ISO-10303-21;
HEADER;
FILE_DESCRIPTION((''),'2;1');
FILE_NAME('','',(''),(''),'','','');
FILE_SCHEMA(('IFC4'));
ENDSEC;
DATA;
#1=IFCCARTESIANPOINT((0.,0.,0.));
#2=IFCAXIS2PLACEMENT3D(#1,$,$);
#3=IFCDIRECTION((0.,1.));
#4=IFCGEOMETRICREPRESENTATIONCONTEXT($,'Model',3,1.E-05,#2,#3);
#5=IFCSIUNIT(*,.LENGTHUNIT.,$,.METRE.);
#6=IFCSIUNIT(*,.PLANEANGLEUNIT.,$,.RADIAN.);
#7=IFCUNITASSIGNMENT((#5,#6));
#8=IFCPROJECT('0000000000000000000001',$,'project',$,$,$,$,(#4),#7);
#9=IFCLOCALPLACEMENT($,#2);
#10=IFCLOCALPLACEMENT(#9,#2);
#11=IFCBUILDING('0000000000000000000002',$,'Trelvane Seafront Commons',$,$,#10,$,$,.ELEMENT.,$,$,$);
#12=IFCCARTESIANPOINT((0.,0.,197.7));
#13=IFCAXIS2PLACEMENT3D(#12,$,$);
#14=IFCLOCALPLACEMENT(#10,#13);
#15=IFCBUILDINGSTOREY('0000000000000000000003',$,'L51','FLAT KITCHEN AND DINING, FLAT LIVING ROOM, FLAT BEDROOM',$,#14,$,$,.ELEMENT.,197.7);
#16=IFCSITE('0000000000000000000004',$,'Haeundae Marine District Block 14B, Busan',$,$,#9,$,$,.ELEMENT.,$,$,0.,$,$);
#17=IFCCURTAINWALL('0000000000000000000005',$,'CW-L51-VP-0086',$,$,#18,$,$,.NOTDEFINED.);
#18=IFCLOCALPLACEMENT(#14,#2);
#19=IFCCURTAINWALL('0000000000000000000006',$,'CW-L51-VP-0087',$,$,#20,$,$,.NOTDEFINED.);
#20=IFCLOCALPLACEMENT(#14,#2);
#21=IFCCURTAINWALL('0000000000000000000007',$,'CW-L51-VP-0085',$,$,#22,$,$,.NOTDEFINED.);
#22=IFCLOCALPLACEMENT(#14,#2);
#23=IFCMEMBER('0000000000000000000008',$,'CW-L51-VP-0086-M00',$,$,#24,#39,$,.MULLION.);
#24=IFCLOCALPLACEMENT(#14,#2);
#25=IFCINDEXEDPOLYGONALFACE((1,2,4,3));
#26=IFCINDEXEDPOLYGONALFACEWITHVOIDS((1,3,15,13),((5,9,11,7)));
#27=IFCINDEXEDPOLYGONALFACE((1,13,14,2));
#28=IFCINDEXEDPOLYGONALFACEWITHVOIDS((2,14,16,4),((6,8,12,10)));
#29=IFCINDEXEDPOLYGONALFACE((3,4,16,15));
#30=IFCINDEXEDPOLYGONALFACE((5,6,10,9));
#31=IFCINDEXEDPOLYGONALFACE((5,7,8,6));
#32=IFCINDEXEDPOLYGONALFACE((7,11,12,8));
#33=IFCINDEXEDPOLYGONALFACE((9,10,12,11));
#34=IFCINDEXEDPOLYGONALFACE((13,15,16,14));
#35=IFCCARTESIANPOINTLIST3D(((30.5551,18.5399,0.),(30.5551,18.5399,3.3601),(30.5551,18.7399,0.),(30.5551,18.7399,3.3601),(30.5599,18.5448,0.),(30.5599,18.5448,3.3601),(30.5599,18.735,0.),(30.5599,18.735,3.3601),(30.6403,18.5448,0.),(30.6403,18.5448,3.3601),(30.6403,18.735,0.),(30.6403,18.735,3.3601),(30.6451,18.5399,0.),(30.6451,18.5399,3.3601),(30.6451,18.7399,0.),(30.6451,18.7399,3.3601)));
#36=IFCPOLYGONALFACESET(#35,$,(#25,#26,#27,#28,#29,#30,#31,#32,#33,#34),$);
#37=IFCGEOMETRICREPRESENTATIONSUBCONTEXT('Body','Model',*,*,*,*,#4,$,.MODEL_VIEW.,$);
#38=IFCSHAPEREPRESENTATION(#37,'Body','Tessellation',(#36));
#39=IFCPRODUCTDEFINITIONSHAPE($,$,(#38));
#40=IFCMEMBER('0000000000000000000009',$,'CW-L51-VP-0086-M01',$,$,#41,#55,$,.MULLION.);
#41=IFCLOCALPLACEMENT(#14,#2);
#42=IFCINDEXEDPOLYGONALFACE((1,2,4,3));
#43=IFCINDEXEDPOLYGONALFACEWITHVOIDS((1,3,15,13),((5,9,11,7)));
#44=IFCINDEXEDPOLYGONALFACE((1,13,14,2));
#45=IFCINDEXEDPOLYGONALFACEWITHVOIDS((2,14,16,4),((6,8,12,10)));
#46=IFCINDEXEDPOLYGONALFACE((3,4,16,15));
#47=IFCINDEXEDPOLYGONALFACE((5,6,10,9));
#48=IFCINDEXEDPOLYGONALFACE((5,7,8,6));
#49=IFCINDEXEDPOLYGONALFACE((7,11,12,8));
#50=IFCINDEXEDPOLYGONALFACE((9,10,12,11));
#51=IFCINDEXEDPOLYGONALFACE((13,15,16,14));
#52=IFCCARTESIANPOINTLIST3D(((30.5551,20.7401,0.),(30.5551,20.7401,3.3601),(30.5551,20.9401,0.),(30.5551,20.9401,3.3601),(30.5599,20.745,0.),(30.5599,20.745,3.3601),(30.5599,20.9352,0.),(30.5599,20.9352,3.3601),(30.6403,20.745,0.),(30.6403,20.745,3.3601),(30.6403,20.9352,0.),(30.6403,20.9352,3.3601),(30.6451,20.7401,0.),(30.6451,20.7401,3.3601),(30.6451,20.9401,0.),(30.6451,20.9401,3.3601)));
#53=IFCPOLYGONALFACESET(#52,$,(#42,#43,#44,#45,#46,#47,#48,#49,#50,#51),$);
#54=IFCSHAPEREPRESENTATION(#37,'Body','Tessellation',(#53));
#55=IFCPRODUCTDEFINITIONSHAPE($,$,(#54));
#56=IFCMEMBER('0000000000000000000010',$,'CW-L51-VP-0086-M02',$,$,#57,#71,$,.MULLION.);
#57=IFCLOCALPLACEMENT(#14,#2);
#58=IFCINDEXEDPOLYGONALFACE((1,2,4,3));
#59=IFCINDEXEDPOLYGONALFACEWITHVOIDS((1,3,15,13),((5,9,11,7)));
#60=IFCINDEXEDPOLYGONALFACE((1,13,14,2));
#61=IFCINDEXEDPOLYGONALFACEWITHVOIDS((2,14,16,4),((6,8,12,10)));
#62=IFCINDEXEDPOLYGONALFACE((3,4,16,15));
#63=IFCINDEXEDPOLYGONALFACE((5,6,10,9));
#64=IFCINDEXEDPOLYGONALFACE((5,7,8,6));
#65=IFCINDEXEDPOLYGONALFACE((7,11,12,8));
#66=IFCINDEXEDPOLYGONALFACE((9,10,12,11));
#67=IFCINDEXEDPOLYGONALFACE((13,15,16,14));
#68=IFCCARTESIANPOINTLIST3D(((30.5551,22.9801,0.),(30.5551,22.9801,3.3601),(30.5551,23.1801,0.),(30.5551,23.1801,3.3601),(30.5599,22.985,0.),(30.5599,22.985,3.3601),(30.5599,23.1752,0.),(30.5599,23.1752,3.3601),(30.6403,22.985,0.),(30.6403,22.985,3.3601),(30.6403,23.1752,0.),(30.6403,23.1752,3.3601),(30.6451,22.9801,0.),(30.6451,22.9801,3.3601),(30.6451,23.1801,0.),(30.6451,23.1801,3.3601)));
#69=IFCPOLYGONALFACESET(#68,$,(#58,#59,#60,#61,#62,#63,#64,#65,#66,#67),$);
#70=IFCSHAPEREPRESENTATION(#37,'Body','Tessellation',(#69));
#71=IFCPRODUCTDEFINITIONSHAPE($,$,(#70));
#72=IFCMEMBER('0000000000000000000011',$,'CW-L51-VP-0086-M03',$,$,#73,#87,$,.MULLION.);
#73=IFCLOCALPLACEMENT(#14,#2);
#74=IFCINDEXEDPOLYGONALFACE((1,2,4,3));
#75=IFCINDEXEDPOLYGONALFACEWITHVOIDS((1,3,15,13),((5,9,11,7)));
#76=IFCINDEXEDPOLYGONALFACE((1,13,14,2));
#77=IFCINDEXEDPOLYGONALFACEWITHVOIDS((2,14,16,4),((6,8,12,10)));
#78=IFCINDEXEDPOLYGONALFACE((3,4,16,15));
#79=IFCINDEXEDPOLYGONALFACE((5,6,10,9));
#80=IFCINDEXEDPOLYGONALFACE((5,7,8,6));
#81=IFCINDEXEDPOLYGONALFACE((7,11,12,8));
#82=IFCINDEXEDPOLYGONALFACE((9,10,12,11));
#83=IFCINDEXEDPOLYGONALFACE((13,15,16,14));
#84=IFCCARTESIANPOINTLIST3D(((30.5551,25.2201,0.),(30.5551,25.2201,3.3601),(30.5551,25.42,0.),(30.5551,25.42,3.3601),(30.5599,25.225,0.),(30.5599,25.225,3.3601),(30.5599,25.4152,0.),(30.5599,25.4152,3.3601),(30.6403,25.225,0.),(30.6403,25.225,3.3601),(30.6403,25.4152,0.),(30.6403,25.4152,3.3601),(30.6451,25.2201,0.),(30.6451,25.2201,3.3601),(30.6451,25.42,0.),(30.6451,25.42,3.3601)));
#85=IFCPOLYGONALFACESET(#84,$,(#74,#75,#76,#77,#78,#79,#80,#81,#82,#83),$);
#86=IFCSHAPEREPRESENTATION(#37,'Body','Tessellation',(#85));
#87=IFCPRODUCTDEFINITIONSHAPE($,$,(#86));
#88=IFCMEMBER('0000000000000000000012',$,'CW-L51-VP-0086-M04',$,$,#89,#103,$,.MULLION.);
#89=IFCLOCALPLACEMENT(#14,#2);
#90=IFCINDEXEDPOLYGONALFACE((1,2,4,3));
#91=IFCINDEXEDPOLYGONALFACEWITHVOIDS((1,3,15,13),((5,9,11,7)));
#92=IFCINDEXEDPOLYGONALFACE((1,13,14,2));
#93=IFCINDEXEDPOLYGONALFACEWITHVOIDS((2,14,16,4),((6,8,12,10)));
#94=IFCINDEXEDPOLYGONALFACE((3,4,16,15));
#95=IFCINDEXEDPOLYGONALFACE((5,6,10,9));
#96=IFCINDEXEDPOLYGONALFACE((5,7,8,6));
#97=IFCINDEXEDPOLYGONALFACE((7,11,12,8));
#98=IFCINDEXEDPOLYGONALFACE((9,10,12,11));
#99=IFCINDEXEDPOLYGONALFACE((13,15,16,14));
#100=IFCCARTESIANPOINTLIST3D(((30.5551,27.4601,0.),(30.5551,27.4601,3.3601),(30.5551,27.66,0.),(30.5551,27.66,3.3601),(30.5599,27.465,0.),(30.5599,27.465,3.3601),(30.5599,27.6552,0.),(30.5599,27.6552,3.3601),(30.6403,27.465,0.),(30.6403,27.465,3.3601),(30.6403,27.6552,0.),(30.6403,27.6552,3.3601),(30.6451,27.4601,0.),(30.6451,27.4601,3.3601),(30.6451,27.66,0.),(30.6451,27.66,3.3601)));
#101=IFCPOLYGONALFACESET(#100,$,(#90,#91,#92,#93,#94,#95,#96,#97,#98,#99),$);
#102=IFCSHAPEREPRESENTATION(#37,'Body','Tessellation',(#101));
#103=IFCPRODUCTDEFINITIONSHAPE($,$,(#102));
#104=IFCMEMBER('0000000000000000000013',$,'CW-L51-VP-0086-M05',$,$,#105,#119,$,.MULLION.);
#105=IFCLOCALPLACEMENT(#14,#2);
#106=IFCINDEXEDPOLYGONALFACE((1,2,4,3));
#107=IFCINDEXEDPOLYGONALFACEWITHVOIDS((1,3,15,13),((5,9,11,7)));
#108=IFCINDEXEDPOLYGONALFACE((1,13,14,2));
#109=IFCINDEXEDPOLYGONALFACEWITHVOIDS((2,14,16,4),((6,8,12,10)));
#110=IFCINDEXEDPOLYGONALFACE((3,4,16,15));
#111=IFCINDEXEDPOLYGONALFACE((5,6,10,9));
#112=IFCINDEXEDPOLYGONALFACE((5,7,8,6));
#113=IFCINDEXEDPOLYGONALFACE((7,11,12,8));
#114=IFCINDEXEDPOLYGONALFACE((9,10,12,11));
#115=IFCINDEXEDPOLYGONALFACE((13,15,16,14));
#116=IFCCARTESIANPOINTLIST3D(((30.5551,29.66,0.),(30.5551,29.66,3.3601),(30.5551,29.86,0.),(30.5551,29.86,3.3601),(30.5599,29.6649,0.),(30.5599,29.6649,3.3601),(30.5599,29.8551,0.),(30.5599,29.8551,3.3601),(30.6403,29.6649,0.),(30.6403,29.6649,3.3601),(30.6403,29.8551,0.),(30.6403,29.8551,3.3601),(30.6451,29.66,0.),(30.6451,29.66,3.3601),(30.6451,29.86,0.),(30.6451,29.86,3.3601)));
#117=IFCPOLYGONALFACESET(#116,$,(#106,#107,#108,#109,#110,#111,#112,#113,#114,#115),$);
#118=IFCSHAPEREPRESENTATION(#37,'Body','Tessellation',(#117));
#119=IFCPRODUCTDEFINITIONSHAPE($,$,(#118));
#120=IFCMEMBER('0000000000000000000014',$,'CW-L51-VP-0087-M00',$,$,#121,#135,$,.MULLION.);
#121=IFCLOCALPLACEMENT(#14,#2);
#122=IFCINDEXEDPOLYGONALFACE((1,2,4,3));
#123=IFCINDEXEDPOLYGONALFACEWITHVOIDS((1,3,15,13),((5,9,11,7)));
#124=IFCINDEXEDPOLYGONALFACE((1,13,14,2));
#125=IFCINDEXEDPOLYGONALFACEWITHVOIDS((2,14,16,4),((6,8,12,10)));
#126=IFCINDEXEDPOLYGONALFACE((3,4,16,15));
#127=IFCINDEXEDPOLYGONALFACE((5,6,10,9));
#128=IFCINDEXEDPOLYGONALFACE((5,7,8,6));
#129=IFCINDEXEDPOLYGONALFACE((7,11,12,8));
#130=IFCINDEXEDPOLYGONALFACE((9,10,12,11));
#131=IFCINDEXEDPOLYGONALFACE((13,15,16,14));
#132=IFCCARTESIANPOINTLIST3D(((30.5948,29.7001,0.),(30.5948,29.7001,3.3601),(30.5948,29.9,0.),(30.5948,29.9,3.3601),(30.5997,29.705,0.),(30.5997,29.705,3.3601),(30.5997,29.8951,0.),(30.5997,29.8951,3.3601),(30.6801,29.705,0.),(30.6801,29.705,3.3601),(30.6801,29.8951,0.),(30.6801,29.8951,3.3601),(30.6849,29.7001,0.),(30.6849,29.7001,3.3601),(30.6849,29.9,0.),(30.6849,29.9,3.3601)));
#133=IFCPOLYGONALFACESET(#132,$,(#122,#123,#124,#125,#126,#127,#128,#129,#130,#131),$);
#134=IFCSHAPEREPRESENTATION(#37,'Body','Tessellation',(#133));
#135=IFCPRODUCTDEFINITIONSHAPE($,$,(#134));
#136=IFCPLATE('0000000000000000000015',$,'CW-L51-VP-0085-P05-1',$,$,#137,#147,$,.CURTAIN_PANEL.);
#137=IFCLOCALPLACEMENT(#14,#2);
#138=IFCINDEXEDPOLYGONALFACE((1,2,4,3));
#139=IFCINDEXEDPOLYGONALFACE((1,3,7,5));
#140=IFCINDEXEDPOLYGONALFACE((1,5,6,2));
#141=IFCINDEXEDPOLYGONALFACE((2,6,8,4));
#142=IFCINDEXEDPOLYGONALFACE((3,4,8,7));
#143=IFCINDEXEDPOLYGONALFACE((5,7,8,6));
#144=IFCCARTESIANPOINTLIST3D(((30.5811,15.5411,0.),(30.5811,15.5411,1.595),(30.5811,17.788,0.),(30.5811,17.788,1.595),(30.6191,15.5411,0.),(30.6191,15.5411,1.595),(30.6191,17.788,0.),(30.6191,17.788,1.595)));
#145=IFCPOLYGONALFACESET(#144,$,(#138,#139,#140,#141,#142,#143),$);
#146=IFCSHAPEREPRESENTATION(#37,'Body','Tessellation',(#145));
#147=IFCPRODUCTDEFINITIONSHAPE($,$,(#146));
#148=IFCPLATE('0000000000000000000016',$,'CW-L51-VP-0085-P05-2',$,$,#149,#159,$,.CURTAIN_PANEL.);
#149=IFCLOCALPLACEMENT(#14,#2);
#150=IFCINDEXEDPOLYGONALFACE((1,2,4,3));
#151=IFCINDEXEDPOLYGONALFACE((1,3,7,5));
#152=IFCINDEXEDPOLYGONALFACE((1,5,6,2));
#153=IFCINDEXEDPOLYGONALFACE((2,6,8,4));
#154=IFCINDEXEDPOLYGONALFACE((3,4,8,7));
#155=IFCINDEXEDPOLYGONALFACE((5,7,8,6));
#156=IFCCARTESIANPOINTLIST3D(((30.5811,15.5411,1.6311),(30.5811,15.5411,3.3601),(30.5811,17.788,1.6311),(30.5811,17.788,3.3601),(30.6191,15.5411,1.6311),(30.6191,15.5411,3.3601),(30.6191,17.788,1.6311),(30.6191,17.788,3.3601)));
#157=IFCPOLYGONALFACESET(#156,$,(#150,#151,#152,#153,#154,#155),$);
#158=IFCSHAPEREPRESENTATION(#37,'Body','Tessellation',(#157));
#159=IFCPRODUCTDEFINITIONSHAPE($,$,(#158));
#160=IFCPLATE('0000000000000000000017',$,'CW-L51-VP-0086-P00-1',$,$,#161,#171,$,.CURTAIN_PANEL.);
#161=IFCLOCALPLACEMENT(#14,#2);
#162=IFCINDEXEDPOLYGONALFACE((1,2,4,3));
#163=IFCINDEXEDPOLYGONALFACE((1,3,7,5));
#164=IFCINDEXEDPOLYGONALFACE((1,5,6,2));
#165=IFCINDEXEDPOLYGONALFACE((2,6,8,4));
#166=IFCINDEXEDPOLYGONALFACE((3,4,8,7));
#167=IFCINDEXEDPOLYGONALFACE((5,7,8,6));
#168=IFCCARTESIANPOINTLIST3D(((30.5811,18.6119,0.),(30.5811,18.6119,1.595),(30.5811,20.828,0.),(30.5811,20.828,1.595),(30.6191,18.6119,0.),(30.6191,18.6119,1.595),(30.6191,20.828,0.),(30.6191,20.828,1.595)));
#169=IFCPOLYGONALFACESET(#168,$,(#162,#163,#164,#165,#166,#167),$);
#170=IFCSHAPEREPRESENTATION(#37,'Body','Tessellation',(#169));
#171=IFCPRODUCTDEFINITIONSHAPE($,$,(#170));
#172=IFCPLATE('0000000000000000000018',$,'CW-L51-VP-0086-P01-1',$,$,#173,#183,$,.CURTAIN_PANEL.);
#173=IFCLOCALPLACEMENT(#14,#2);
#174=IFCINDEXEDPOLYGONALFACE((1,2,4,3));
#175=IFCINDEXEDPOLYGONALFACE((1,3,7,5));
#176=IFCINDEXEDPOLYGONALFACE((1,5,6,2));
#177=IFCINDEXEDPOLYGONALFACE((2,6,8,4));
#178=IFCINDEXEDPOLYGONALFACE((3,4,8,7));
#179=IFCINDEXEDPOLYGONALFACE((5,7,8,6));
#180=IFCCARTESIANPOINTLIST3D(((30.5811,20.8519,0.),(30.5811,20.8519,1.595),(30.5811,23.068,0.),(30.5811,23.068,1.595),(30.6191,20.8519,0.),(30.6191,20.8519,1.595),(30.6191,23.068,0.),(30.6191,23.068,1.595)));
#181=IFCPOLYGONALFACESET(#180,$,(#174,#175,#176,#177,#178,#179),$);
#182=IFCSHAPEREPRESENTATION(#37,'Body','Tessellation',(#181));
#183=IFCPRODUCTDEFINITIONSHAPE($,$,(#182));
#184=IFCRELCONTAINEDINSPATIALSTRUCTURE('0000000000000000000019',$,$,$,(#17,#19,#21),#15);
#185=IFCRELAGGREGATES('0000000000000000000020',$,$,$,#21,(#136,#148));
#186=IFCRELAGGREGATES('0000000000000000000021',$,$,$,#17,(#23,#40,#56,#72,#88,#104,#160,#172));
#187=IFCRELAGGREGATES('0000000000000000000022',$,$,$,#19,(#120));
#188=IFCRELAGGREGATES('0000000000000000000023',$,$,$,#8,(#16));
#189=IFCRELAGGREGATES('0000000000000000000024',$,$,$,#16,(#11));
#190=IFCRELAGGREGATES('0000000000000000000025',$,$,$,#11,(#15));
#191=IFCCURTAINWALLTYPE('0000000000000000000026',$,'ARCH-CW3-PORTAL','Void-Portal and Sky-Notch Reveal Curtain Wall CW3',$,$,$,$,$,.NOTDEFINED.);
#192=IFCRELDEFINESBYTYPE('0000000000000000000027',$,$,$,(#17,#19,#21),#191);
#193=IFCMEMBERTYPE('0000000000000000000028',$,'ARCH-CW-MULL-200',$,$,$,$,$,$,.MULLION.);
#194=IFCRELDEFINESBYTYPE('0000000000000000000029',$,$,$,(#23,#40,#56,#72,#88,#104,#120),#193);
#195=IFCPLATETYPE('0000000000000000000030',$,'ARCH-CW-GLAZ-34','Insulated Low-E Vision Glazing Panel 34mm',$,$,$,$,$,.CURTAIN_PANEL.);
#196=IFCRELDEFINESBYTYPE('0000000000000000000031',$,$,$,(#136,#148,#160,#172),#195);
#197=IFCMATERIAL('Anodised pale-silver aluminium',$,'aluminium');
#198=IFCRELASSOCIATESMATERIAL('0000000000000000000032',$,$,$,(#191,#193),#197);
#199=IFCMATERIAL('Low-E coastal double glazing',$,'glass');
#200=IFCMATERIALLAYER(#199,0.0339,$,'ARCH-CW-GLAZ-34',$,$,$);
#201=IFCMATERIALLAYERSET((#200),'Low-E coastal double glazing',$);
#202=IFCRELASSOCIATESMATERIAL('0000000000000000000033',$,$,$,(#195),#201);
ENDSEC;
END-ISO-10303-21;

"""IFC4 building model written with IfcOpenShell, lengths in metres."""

from ifc_helpers import new_model, si_unit, direction, frame, origin, origin_2d, place, context, subcontext, project, spatial, rectangle, hollow_rectangle, extrude, source, transform, mapped, material, layer, layer_set, material_profile, profile_set, type_object, element, aggregate, save


model = new_model("IFC4")

# Units and contexts
model_context = context("Model", 3, precision=1e-05, world=origin(), true_north=direction((0.0, 1.0)))
body_context = subcontext(model_context, "Body", "Model", "MODEL_VIEW")
ifc_project = project(units=[si_unit("LENGTHUNIT", "METRE"), si_unit("PLANEANGLEUNIT", "RADIAN")], contexts=[model_context])

# Site, building, storey
site_placement = place(None, origin())
site = spatial("IfcSite", under=ifc_project, at=site_placement, Name="Haeundae Marine District Block 14B, Busan", CompositionType="ELEMENT", RefElevation=0.0)
building_placement = place(site_placement, origin())
building = spatial("IfcBuilding", under=site, at=building_placement, Name="Trelvane Seafront Commons", CompositionType="ELEMENT")
storey_placement = place(building_placement, frame((0.0, 0.0, 197.7)))
storey = spatial("IfcBuildingStorey", under=building, at=storey_placement, Name="L51", Description="FLAT KITCHEN AND DINING, FLAT LIVING ROOM, FLAT BEDROOM", CompositionType="ELEMENT", Elevation=197.7)

# Curtain wall
ifc_material_1 = material(Name="Anodised pale-silver aluminium", Category="aluminium")
curtain_wall_type = type_object("IfcCurtainWallType", Name="ARCH-CW3-PORTAL", Description="Void-Portal and Sky-Notch Reveal Curtain Wall CW3", PredefinedType="NOTDEFINED", material=ifc_material_1)
curtain_wall_1_placement = place(storey_placement, origin())
curtain_wall_1 = element("IfcCurtainWall", 1, at=curtain_wall_1_placement, inside=storey, type_object=curtain_wall_type, Name="CW-L51-VP-0086", PredefinedType="NOTDEFINED")

# Curtain walls
curtain_wall_2_placement = place(storey_placement, origin())
curtain_wall_2 = element("IfcCurtainWall", 2, at=curtain_wall_2_placement, inside=storey, type_object=curtain_wall_type, Name="CW-L51-VP-0087", PredefinedType="NOTDEFINED")
curtain_wall_3_placement = place(storey_placement, origin())
curtain_wall_3 = element("IfcCurtainWall", 3, at=curtain_wall_3_placement, inside=storey, type_object=curtain_wall_type, Name="CW-L51-VP-0085", PredefinedType="NOTDEFINED")
ifc_material_profile_1 = material_profile(ifc_material_1, hollow_rectangle(XDim=0.0901, YDim=0.2, WallThickness=0.0049, at=origin_2d()), Name="MULL-90x200x5")
ifc_profile_set_1 = profile_set([ifc_material_profile_1], Name="Anodised pale-silver aluminium")
member_type_1 = type_object("IfcMemberType", Name="ARCH-CW-MULL-200", PredefinedType="MULLION", material=ifc_profile_set_1)
shared_shape_1 = source(origin(), body_context, "Body", "SweptSolid", [
    extrude(hollow_rectangle(XDim=0.0901, YDim=0.2, WallThickness=0.0049, at=origin_2d()), origin(), (0.0, 0.0, 1.0), 3.3601),
])

# Members
member_1_placement = place(storey_placement, frame((30.6001, 18.6399, 0.0), z_axis=(0.0, 0.0, 1.0), x_axis=(1.0, 0.0, 0.0)))
member_1 = element("IfcMember", 4, at=member_1_placement, type_object=member_type_1, Name="CW-L51-VP-0086-M00", PredefinedType="MULLION", context=body_context, shape_type="MappedRepresentation", body=[
    mapped(shared_shape_1, transform((0.0, 0.0, 0.0), x_axis=(1.0, 0.0, 0.0), y_axis=(0.0, 1.0, 0.0), z_axis=(0.0, 0.0, 1.0), scale=1.0)),
])
member_2_placement = place(storey_placement, frame((30.6001, 20.8401, 0.0), z_axis=(0.0, 0.0, 1.0), x_axis=(1.0, 0.0, 0.0)))
member_2 = element("IfcMember", 5, at=member_2_placement, type_object=member_type_1, Name="CW-L51-VP-0086-M01", PredefinedType="MULLION", context=body_context, shape_type="MappedRepresentation", body=[
    mapped(shared_shape_1, transform((0.0, 0.0, 0.0), x_axis=(1.0, 0.0, 0.0), y_axis=(0.0, 1.0, 0.0), z_axis=(0.0, 0.0, 1.0), scale=1.0)),
])
member_3_placement = place(storey_placement, frame((30.6001, 23.0801, 0.0), z_axis=(0.0, 0.0, 1.0), x_axis=(1.0, 0.0, 0.0)))
member_3 = element("IfcMember", 6, at=member_3_placement, type_object=member_type_1, Name="CW-L51-VP-0086-M02", PredefinedType="MULLION", context=body_context, shape_type="MappedRepresentation", body=[
    mapped(shared_shape_1, transform((0.0, 0.0, 0.0), x_axis=(1.0, 0.0, 0.0), y_axis=(0.0, 1.0, 0.0), z_axis=(0.0, 0.0, 1.0), scale=1.0)),
])
member_4_placement = place(storey_placement, frame((30.6001, 25.3201, 0.0), z_axis=(0.0, 0.0, 1.0), x_axis=(1.0, 0.0, 0.0)))
member_4 = element("IfcMember", 7, at=member_4_placement, type_object=member_type_1, Name="CW-L51-VP-0086-M03", PredefinedType="MULLION", context=body_context, shape_type="MappedRepresentation", body=[
    mapped(shared_shape_1, transform((0.0, 0.0, 0.0), x_axis=(1.0, 0.0, 0.0), y_axis=(0.0, 1.0, 0.0), z_axis=(0.0, 0.0, 1.0), scale=1.0)),
])
member_5_placement = place(storey_placement, frame((30.6001, 27.5601, 0.0), z_axis=(0.0, 0.0, 1.0), x_axis=(1.0, 0.0, 0.0)))
member_5 = element("IfcMember", 8, at=member_5_placement, type_object=member_type_1, Name="CW-L51-VP-0086-M04", PredefinedType="MULLION", context=body_context, shape_type="MappedRepresentation", body=[
    mapped(shared_shape_1, transform((0.0, 0.0, 0.0), x_axis=(1.0, 0.0, 0.0), y_axis=(0.0, 1.0, 0.0), z_axis=(0.0, 0.0, 1.0), scale=1.0)),
])
member_6_placement = place(storey_placement, frame((30.6001, 29.76, 0.0), z_axis=(0.0, 0.0, 1.0), x_axis=(1.0, 0.0, 0.0)))
member_6 = element("IfcMember", 9, at=member_6_placement, type_object=member_type_1, Name="CW-L51-VP-0086-M05", PredefinedType="MULLION", context=body_context, shape_type="MappedRepresentation", body=[
    mapped(shared_shape_1, transform((0.0, 0.0, 0.0), x_axis=(1.0, 0.0, 0.0), y_axis=(0.0, 1.0, 0.0), z_axis=(0.0, 0.0, 1.0), scale=1.0)),
])
member_7_placement = place(storey_placement, frame((30.6399, 29.8, 0.0), z_axis=(0.0, 0.0, 1.0), x_axis=(1.0, 0.0, 0.0)))
member_7 = element("IfcMember", 10, at=member_7_placement, type_object=member_type_1, Name="CW-L51-VP-0087-M00", PredefinedType="MULLION", context=body_context, shape_type="MappedRepresentation", body=[
    mapped(shared_shape_1, transform((0.0, 0.0, 0.0), x_axis=(1.0, 0.0, 0.0), y_axis=(0.0, 1.0, 0.0), z_axis=(0.0, 0.0, 1.0), scale=1.0)),
])

# Plates
ifc_material_2 = material(Name="Low-E coastal double glazing", Category="glass")
ifc_layer = layer(ifc_material_2, 0.0339, Name="ARCH-CW-GLAZ-34")
ifc_layer_set = layer_set([ifc_layer], Name="Low-E coastal double glazing")
plate_type = type_object("IfcPlateType", Name="ARCH-CW-GLAZ-34", Description="Insulated Low-E Vision Glazing Panel 34mm", PredefinedType="CURTAIN_PANEL", material=ifc_layer_set)
shared_shape_2 = source(origin(), body_context, "Body", "SweptSolid", [
    extrude(rectangle(XDim=2.2468, YDim=0.0381, at=origin_2d()), origin(), (0.0, 0.0, 1.0), 1.595),
])
plate_1_placement = place(storey_placement, frame((30.6001, 16.6646, 0.0), z_axis=(0.0, 0.0, 1.0), x_axis=(0.0, 1.0, 0.0)))
plate_1 = element("IfcPlate", 11, at=plate_1_placement, type_object=plate_type, Name="CW-L51-VP-0085-P05-1", PredefinedType="CURTAIN_PANEL", context=body_context, shape_type="MappedRepresentation", body=[
    mapped(shared_shape_2, transform((0.0, 0.0, 0.0), x_axis=(1.0, 0.0, 0.0), y_axis=(0.0, 1.0, 0.0), z_axis=(0.0, 0.0, 1.0), scale=1.0)),
])
shared_shape_3 = source(origin(), body_context, "Body", "SweptSolid", [
    extrude(rectangle(XDim=2.2468, YDim=0.0381, at=origin_2d()), origin(), (0.0, 0.0, 1.0), 1.729),
])
plate_2_placement = place(storey_placement, frame((30.6001, 16.6646, 1.6311), z_axis=(0.0, 0.0, 1.0), x_axis=(0.0, 1.0, 0.0)))
plate_2 = element("IfcPlate", 12, at=plate_2_placement, type_object=plate_type, Name="CW-L51-VP-0085-P05-2", PredefinedType="CURTAIN_PANEL", context=body_context, shape_type="MappedRepresentation", body=[
    mapped(shared_shape_3, transform((0.0, 0.0, 0.0), x_axis=(1.0, 0.0, 0.0), y_axis=(0.0, 1.0, 0.0), z_axis=(0.0, 0.0, 1.0), scale=1.0)),
])
aggregate(curtain_wall_3, [plate_1, plate_2])
shared_shape_4 = source(origin(), body_context, "Body", "SweptSolid", [
    extrude(rectangle(XDim=2.2161, YDim=0.0381, at=origin_2d()), origin(), (0.0, 0.0, 1.0), 1.595),
])
plate_3_placement = place(storey_placement, frame((30.6001, 19.72, 0.0), z_axis=(0.0, 0.0, 1.0), x_axis=(0.0, 1.0, 0.0)))
plate_3 = element("IfcPlate", 13, at=plate_3_placement, type_object=plate_type, Name="CW-L51-VP-0086-P00-1", PredefinedType="CURTAIN_PANEL", context=body_context, shape_type="MappedRepresentation", body=[
    mapped(shared_shape_4, transform((0.0, 0.0, 0.0), x_axis=(1.0, 0.0, 0.0), y_axis=(0.0, 1.0, 0.0), z_axis=(0.0, 0.0, 1.0), scale=1.0)),
])
plate_4_placement = place(storey_placement, frame((30.6001, 21.96, 0.0), z_axis=(0.0, 0.0, 1.0), x_axis=(0.0, 1.0, 0.0)))
plate_4 = element("IfcPlate", 14, at=plate_4_placement, type_object=plate_type, Name="CW-L51-VP-0086-P01-1", PredefinedType="CURTAIN_PANEL", context=body_context, shape_type="MappedRepresentation", body=[
    mapped(shared_shape_4, transform((0.0, 0.0, 0.0), x_axis=(1.0, 0.0, 0.0), y_axis=(0.0, 1.0, 0.0), z_axis=(0.0, 0.0, 1.0), scale=1.0)),
])
aggregate(curtain_wall_1, [member_1, member_2, member_3, member_4, member_5, member_6, plate_3, plate_4])
aggregate(curtain_wall_2, [member_7])

save(model, "model.ifc")
